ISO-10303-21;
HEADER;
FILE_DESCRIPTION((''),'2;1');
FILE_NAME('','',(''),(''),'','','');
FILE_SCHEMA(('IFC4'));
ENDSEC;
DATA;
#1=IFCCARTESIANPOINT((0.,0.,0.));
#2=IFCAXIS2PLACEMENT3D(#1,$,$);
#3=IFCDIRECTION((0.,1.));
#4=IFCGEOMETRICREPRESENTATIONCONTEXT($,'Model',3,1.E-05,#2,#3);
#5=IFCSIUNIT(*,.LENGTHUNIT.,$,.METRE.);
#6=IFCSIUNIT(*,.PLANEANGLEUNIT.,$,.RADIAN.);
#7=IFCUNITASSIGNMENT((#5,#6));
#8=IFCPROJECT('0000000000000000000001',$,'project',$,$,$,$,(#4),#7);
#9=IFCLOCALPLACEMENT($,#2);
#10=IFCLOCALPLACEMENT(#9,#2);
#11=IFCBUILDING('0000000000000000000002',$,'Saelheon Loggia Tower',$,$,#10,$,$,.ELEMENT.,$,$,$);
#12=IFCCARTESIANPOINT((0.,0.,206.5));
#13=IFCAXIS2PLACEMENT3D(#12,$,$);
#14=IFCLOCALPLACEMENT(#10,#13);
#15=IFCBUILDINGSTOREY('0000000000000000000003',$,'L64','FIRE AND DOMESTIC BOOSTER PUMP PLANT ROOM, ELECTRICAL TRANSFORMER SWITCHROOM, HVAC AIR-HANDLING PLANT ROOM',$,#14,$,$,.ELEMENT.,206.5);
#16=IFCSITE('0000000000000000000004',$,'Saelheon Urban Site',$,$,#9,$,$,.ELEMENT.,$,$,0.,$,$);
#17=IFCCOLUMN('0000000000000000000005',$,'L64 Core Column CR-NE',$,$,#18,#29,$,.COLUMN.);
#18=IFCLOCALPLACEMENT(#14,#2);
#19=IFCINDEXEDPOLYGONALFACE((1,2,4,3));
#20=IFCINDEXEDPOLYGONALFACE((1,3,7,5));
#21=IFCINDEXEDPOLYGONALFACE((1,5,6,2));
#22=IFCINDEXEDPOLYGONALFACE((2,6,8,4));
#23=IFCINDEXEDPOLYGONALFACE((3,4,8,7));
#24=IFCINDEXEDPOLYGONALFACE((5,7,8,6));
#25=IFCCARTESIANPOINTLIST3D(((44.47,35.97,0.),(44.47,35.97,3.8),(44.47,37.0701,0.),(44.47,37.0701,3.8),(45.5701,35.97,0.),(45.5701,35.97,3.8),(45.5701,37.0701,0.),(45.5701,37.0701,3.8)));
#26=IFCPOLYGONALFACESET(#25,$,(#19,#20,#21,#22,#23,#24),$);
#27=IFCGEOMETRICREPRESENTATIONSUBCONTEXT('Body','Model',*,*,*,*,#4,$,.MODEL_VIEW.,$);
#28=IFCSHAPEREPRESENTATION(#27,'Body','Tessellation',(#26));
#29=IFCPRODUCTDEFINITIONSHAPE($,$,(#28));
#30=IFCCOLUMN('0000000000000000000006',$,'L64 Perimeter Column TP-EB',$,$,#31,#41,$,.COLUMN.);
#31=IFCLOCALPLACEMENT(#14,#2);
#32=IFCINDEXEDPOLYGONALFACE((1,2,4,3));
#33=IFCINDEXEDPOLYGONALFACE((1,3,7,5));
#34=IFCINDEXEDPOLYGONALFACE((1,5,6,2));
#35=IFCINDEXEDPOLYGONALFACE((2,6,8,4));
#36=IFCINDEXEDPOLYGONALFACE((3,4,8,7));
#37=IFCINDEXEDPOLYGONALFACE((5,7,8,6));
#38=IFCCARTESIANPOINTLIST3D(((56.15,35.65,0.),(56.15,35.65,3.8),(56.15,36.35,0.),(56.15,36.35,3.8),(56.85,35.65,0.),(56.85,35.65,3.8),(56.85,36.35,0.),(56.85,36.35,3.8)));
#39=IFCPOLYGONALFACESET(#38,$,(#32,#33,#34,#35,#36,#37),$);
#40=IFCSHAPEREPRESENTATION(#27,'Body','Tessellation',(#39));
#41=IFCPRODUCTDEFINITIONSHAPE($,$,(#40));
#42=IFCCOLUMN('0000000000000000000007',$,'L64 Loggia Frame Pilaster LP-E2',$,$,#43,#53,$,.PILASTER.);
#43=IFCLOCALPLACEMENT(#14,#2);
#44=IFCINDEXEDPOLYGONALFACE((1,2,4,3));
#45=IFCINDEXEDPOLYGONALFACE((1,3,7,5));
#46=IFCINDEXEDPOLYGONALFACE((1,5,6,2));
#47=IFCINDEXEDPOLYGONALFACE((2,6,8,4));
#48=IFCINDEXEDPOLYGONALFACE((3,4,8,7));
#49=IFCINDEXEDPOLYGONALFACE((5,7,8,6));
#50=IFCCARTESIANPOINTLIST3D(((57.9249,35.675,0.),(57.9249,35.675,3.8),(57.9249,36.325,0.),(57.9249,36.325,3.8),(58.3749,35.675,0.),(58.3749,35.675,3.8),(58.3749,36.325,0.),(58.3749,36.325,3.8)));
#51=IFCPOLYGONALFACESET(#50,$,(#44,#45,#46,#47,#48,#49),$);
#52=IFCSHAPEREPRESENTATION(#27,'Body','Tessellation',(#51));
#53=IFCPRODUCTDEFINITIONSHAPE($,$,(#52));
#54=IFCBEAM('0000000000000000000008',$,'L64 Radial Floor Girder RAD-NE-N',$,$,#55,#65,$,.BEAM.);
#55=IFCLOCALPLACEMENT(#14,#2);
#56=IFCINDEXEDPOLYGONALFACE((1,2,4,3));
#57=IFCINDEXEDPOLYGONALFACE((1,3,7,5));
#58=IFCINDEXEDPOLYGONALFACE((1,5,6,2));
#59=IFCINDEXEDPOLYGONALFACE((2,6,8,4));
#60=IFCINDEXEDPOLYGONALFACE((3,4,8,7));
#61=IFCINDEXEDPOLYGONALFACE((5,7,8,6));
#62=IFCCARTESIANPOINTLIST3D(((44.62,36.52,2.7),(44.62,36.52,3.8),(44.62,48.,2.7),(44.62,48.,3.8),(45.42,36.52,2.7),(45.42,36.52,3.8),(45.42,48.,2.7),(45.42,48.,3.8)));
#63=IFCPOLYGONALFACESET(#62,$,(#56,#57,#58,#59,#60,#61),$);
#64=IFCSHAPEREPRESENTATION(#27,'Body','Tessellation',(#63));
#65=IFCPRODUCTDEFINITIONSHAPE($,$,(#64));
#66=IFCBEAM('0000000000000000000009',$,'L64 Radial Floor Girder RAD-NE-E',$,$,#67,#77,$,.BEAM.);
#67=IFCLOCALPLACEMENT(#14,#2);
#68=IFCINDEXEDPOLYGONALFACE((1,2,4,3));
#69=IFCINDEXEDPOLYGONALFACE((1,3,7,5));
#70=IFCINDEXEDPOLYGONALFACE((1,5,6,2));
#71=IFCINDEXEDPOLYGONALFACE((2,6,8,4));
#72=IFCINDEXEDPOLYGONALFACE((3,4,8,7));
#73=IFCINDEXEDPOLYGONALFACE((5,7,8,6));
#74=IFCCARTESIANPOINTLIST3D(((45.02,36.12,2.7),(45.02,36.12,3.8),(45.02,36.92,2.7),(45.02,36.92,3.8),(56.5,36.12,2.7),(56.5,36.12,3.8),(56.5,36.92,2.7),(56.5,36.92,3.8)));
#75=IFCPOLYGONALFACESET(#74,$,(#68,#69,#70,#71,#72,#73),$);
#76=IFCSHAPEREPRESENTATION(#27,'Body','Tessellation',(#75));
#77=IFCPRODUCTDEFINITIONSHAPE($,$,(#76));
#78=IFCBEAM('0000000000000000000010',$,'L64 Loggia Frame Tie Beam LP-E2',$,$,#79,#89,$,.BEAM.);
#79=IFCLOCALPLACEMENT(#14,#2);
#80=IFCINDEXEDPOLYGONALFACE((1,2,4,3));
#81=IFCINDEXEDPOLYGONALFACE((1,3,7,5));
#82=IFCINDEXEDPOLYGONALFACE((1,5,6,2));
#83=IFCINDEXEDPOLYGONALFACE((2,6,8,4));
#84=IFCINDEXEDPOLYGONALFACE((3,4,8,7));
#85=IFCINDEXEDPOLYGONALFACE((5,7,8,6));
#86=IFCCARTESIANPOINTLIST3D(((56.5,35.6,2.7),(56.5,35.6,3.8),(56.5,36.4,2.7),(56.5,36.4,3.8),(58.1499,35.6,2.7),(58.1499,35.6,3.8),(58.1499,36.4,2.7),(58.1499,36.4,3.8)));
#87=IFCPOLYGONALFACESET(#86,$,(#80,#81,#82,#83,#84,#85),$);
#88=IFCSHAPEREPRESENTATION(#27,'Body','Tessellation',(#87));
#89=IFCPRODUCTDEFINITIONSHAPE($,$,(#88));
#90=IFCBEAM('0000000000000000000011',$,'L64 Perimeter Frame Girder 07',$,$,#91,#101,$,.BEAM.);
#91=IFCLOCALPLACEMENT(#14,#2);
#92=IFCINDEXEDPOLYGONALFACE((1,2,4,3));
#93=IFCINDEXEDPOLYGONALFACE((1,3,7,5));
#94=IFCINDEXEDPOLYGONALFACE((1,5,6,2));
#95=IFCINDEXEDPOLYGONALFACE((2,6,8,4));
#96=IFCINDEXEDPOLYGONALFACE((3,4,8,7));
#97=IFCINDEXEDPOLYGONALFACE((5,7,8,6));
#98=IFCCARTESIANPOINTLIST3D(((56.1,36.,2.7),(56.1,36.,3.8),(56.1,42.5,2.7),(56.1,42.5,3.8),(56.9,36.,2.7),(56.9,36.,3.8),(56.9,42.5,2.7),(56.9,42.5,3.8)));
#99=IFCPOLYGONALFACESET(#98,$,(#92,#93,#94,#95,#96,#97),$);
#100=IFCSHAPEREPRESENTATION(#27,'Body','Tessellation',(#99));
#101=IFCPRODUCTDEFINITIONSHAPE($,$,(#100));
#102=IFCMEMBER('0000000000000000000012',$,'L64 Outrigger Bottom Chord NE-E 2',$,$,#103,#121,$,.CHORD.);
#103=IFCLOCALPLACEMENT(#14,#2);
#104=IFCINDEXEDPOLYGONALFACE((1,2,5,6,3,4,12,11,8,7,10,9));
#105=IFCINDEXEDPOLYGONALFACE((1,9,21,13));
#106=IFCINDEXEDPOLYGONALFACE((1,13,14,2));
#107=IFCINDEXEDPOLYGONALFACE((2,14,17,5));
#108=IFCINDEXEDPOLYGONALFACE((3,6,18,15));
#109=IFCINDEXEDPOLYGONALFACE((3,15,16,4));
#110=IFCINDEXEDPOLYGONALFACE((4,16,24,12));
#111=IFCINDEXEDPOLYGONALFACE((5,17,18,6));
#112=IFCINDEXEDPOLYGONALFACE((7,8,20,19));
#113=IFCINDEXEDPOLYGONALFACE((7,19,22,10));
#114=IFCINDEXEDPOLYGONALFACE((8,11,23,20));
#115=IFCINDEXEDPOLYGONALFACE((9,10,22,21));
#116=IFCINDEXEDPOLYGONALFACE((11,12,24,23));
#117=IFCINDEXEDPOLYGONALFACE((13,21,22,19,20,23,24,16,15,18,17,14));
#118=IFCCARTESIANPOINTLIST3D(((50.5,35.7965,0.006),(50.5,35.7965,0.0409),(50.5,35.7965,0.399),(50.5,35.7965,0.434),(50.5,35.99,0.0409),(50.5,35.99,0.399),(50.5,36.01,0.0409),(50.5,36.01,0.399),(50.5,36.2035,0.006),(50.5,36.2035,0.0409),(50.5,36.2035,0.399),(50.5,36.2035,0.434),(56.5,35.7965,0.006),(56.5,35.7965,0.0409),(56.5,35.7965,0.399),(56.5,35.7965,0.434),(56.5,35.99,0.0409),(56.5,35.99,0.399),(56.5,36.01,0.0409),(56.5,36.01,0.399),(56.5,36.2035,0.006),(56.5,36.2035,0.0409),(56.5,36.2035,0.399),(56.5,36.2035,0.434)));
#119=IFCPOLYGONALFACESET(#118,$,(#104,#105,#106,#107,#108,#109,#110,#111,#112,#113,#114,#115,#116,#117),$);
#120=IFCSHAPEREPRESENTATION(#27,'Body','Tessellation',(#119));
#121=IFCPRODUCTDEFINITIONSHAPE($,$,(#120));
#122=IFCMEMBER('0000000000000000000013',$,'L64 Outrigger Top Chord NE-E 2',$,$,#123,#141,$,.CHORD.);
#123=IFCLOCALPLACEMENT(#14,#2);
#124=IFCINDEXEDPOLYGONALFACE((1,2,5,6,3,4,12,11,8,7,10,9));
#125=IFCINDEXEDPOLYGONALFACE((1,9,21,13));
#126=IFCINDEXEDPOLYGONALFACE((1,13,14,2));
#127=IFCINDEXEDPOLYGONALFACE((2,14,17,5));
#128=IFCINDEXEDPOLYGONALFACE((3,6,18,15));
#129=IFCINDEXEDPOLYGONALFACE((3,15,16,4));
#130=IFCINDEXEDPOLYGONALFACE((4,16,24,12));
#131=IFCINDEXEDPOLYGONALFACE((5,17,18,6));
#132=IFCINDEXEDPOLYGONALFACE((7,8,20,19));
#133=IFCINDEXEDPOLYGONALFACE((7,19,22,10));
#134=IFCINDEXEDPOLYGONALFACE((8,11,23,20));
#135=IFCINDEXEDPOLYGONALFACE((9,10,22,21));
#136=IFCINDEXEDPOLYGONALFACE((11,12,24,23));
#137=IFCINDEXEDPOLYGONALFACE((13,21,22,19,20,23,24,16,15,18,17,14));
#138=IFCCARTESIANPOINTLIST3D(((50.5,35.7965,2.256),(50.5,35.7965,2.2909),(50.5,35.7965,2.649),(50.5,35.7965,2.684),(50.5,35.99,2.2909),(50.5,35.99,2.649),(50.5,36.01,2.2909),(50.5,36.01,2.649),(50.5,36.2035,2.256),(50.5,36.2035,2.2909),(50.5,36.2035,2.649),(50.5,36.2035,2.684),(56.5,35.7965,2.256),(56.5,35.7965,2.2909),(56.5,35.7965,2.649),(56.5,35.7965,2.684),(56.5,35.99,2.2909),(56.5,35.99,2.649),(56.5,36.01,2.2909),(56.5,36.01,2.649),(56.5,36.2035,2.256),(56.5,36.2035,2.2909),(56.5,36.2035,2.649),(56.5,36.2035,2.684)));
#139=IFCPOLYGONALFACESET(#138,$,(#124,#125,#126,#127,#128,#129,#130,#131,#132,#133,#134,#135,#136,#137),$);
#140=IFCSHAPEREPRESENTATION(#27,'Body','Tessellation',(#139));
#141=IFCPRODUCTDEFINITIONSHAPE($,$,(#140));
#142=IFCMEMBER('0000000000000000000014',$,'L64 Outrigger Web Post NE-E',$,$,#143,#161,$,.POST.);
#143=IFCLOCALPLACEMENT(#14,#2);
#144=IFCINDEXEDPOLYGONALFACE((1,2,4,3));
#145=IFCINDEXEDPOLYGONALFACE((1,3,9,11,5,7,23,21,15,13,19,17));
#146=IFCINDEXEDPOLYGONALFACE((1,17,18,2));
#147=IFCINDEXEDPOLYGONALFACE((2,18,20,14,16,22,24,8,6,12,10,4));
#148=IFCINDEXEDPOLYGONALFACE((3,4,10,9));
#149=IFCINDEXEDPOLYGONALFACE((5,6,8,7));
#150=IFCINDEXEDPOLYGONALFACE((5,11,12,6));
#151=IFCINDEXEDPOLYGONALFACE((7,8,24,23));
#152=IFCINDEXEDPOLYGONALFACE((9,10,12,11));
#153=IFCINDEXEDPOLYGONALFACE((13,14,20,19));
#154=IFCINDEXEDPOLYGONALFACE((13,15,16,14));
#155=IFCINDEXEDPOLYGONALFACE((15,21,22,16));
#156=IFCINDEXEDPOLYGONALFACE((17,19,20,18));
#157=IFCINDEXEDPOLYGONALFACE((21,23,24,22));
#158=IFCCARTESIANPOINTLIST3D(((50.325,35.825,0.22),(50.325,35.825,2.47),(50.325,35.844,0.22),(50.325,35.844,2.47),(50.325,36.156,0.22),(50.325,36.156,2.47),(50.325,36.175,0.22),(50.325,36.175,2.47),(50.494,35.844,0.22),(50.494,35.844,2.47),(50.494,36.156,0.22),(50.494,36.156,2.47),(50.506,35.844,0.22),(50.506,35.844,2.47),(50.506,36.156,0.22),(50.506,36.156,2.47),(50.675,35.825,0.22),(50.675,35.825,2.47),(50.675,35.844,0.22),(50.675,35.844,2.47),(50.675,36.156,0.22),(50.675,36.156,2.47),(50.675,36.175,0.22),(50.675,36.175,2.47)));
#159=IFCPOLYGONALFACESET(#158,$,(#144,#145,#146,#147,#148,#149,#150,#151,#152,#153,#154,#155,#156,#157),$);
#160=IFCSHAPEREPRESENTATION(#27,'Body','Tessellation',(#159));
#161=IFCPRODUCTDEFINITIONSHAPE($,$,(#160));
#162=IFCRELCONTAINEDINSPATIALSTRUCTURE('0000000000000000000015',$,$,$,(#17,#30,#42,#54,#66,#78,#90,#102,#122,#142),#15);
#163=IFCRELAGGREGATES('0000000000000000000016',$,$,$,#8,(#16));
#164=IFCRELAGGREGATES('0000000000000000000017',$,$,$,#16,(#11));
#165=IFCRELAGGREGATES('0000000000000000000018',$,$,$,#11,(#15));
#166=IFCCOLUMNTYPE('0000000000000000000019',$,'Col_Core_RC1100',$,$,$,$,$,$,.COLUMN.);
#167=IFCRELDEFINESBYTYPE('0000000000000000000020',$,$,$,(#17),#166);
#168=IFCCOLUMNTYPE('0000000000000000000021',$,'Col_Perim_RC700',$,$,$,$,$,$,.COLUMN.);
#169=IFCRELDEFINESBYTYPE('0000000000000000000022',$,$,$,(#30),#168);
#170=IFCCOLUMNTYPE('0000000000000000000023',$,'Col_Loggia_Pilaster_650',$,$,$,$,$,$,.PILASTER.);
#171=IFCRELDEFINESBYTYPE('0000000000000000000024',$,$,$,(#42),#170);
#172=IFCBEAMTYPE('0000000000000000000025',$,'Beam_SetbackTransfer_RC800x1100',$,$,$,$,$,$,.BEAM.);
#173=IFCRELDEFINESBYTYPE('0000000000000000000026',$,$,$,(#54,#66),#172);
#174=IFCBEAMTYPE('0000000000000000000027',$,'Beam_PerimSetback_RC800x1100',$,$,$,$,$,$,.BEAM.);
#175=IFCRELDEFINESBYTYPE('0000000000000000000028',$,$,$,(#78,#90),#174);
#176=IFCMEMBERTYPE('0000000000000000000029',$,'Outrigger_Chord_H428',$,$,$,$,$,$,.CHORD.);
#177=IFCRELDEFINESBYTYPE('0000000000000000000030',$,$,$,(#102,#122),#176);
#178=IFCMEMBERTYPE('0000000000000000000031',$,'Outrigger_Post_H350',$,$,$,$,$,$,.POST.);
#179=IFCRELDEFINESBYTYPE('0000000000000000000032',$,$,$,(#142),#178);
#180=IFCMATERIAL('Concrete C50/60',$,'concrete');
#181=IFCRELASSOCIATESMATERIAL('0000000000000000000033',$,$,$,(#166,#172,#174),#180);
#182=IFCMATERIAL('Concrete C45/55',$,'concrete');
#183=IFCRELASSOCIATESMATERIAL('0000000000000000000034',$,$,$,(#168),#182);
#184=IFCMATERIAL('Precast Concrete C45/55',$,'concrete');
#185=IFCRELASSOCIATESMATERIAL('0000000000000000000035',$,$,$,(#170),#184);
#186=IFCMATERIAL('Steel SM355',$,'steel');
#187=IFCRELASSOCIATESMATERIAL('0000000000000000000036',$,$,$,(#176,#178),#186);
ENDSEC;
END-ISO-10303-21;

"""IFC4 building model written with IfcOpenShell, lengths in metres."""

from ifc_helpers import new_model, si_unit, direction, frame, origin, origin_2d, place, context, subcontext, project, spatial, rectangle, i_section, extrude, source, transform, mapped, material, material_profile, profile_set, type_object, element, save


model = new_model("IFC4")

# Units and contexts
model_context = context("Model", 3, precision=1e-05, world=origin(), true_north=direction((0.0, 1.0)))
body_context = subcontext(model_context, "Body", "Model", "MODEL_VIEW")
ifc_project = project(units=[si_unit("LENGTHUNIT", "METRE"), si_unit("PLANEANGLEUNIT", "RADIAN")], contexts=[model_context])

# Site, building, storey
site_placement = place(None, origin())
site = spatial("IfcSite", under=ifc_project, at=site_placement, Name="Saelheon Urban Site", CompositionType="ELEMENT", RefElevation=0.0)
building_placement = place(site_placement, origin())
building = spatial("IfcBuilding", under=site, at=building_placement, Name="Saelheon Loggia Tower", CompositionType="ELEMENT")
storey_placement = place(building_placement, frame((0.0, 0.0, 206.5)))
storey = spatial("IfcBuildingStorey", under=building, at=storey_placement, Name="L64", Description="FIRE AND DOMESTIC BOOSTER PUMP PLANT ROOM, ELECTRICAL TRANSFORMER SWITCHROOM, HVAC AIR-HANDLING PLANT ROOM", CompositionType="ELEMENT", Elevation=206.5)

# Columns
ifc_material_1 = material(Name="Concrete C50/60", Category="concrete")
ifc_material_profile_1 = material_profile(ifc_material_1, rectangle(XDim=1.1001, YDim=1.1001, at=origin_2d()), Name="RC-1100x1100")
ifc_profile_set_1 = profile_set([ifc_material_profile_1], Name="Concrete C50/60")
column_type_1 = type_object("IfcColumnType", Name="Col_Core_RC1100", PredefinedType="COLUMN", material=ifc_profile_set_1)
shared_shape_1 = source(origin(), body_context, "Body", "SweptSolid", [
    extrude(rectangle(XDim=1.1001, YDim=1.1001, at=origin_2d()), origin(), (0.0, 0.0, 1.0), 3.8),
])
column_1_placement = place(storey_placement, frame((45.02, 36.52, 0.0), z_axis=(0.0, 0.0, 1.0), x_axis=(1.0, 0.0, 0.0)))
element("IfcColumn", 1, at=column_1_placement, inside=storey, type_object=column_type_1, Name="L64 Core Column CR-NE", PredefinedType="COLUMN", context=body_context, shape_type="MappedRepresentation", body=[
    mapped(shared_shape_1, transform((0.0, 0.0, 0.0), scale=1.0)),
])
ifc_material_2 = material(Name="Concrete C45/55", Category="concrete")
ifc_material_profile_2 = material_profile(ifc_material_2, rectangle(XDim=0.7, YDim=0.7, at=origin_2d()), Name="RC-700x700")
ifc_profile_set_2 = profile_set([ifc_material_profile_2], Name="Concrete C45/55")
column_type_2 = type_object("IfcColumnType", Name="Col_Perim_RC700", PredefinedType="COLUMN", material=ifc_profile_set_2)
shared_shape_2 = source(origin(), body_context, "Body", "SweptSolid", [
    extrude(rectangle(XDim=0.7, YDim=0.7, at=origin_2d()), origin(), (0.0, 0.0, 1.0), 3.8),
])
column_2_placement = place(storey_placement, frame((56.5, 36.0, 0.0), z_axis=(0.0, 0.0, 1.0), x_axis=(1.0, 0.0, 0.0)))
element("IfcColumn", 2, at=column_2_placement, inside=storey, type_object=column_type_2, Name="L64 Perimeter Column TP-EB", PredefinedType="COLUMN", context=body_context, shape_type="MappedRepresentation", body=[
    mapped(shared_shape_2, transform((0.0, 0.0, 0.0), scale=1.0)),
])
ifc_material_3 = material(Name="Precast Concrete C45/55", Category="concrete")
ifc_material_profile_3 = material_profile(ifc_material_3, rectangle(XDim=0.45, YDim=0.6499, at=origin_2d()), Name="RC-450x650")
ifc_profile_set_3 = profile_set([ifc_material_profile_3], Name="Precast Concrete C45/55")
column_type_3 = type_object("IfcColumnType", Name="Col_Loggia_Pilaster_650", PredefinedType="PILASTER", material=ifc_profile_set_3)
shared_shape_3 = source(origin(), body_context, "Body", "SweptSolid", [
    extrude(rectangle(XDim=0.45, YDim=0.6499, at=origin_2d()), origin(), (0.0, 0.0, 1.0), 3.8),
])
column_3_placement = place(storey_placement, frame((58.1499, 36.0, 0.0), z_axis=(0.0, 0.0, 1.0), x_axis=(1.0, 0.0, 0.0)))
element("IfcColumn", 3, at=column_3_placement, inside=storey, type_object=column_type_3, Name="L64 Loggia Frame Pilaster LP-E2", PredefinedType="PILASTER", context=body_context, shape_type="MappedRepresentation", body=[
    mapped(shared_shape_3, transform((0.0, 0.0, 0.0), scale=1.0)),
])

# Beams
ifc_material_profile_4 = material_profile(ifc_material_1, rectangle(XDim=0.8, YDim=1.1001, at=origin_2d()), Name="RC-800x1100")
ifc_profile_set_4 = profile_set([ifc_material_profile_4], Name="Concrete C50/60")
beam_type_1 = type_object("IfcBeamType", Name="Beam_SetbackTransfer_RC800x1100", PredefinedType="BEAM", material=ifc_profile_set_4)
shared_shape_4 = source(origin(), body_context, "Body", "SweptSolid", [
    extrude(rectangle(XDim=0.8, YDim=1.1001, at=origin_2d()), origin(), (0.0, 0.0, 1.0), 11.48),
])
for number, where, z_axis, x_axis, name in (
    (4, (45.02, 36.52, 3.25), (0.0, 1.0, 0.0), (-1.0, 0.0, 0.0), "L64 Radial Floor Girder RAD-NE-N"),
    (5, (45.02, 36.52, 3.25), (1.0, 0.0, 0.0), (0.0, 1.0, 0.0), "L64 Radial Floor Girder RAD-NE-E"),
):
    element("IfcBeam", number, at=place(storey_placement, frame(where, z_axis=z_axis, x_axis=x_axis)), inside=storey, type_object=beam_type_1, Name=name, PredefinedType="BEAM", context=body_context, shape_type="MappedRepresentation", body=[
        mapped(shared_shape_4, transform((0.0, 0.0, 0.0), scale=1.0)),
    ])
ifc_material_profile_5 = material_profile(ifc_material_1, rectangle(XDim=0.8, YDim=1.1001, at=origin_2d()), Name="RC-800x1100")
ifc_profile_set_5 = profile_set([ifc_material_profile_5], Name="Concrete C50/60")
beam_type_2 = type_object("IfcBeamType", Name="Beam_PerimSetback_RC800x1100", PredefinedType="BEAM", material=ifc_profile_set_5)
shared_shape_5 = source(origin(), body_context, "Body", "SweptSolid", [
    extrude(rectangle(XDim=0.8, YDim=1.1001, at=origin_2d()), origin(), (0.0, 0.0, 1.0), 1.6499),
])
beam_1_placement = place(storey_placement, frame((56.5, 36.0, 3.25), z_axis=(1.0, 0.0, 0.0), x_axis=(0.0, 1.0, 0.0)))
element("IfcBeam", 6, at=beam_1_placement, inside=storey, type_object=beam_type_2, Name="L64 Loggia Frame Tie Beam LP-E2", PredefinedType="BEAM", context=body_context, shape_type="MappedRepresentation", body=[
    mapped(shared_shape_5, transform((0.0, 0.0, 0.0), scale=1.0)),
])
shared_shape_6 = source(origin(), body_context, "Body", "SweptSolid", [
    extrude(rectangle(XDim=0.8, YDim=1.1001, at=origin_2d()), origin(), (0.0, 0.0, 1.0), 6.5),
])
beam_2_placement = place(storey_placement, frame((56.5, 36.0, 3.25), z_axis=(0.0, 1.0, 0.0), x_axis=(-1.0, 0.0, 0.0)))
element("IfcBeam", 7, at=beam_2_placement, inside=storey, type_object=beam_type_2, Name="L64 Perimeter Frame Girder 07", PredefinedType="BEAM", context=body_context, shape_type="MappedRepresentation", body=[
    mapped(shared_shape_6, transform((0.0, 0.0, 0.0), scale=1.0)),
])

# Members
ifc_material_4 = material(Name="Steel SM355", Category="steel")
ifc_material_profile_6 = material_profile(ifc_material_4, i_section(OverallWidth=0.407, OverallDepth=0.428, WebThickness=0.02, FlangeThickness=0.0349, at=origin_2d()), Name="H-428x407x20x35")
ifc_profile_set_6 = profile_set([ifc_material_profile_6], Name="Steel SM355")
member_type_1 = type_object("IfcMemberType", Name="Outrigger_Chord_H428", PredefinedType="CHORD", material=ifc_profile_set_6)
shared_shape_7 = source(origin(), body_context, "Body", "SweptSolid", [
    extrude(i_section(OverallWidth=0.407, OverallDepth=0.428, WebThickness=0.02, FlangeThickness=0.0349, at=origin_2d()), origin(), (0.0, 0.0, 1.0), 6.0),
])
for number, where, z_axis, x_axis, name in (
    (8, (50.5, 36.0, 0.22), (1.0, 0.0, 0.0), (0.0, 1.0, 0.0), "L64 Outrigger Bottom Chord NE-E 2"),
    (9, (50.5, 36.0, 2.47), (1.0, 0.0, 0.0), (0.0, 1.0, 0.0), "L64 Outrigger Top Chord NE-E 2"),
):
    element("IfcMember", number, at=place(storey_placement, frame(where, z_axis=z_axis, x_axis=x_axis)), inside=storey, type_object=member_type_1, Name=name, PredefinedType="CHORD", context=body_context, shape_type="MappedRepresentation", body=[
        mapped(shared_shape_7, transform((0.0, 0.0, 0.0), scale=1.0)),
    ])
ifc_material_profile_7 = material_profile(ifc_material_4, i_section(OverallWidth=0.3501, OverallDepth=0.3501, WebThickness=0.012, FlangeThickness=0.019, at=origin_2d()), Name="H-350x350x12x19")
ifc_profile_set_7 = profile_set([ifc_material_profile_7], Name="Steel SM355")
member_type_2 = type_object("IfcMemberType", Name="Outrigger_Post_H350", PredefinedType="POST", material=ifc_profile_set_7)
shared_shape_8 = source(origin(), body_context, "Body", "SweptSolid", [
    extrude(i_section(OverallWidth=0.3501, OverallDepth=0.3501, WebThickness=0.012, FlangeThickness=0.019, at=origin_2d()), origin(), (0.0, 0.0, 1.0), 2.25),
])
member_1_placement = place(storey_placement, frame((50.5, 36.0, 0.22), z_axis=(0.0, 0.0, 1.0), x_axis=(1.0, 0.0, 0.0)))
element("IfcMember", 10, at=member_1_placement, inside=storey, type_object=member_type_2, Name="L64 Outrigger Web Post NE-E", PredefinedType="POST", context=body_context, shape_type="MappedRepresentation", body=[
    mapped(shared_shape_8, transform((0.0, 0.0, 0.0), scale=1.0)),
])

save(model, "model.ifc")
